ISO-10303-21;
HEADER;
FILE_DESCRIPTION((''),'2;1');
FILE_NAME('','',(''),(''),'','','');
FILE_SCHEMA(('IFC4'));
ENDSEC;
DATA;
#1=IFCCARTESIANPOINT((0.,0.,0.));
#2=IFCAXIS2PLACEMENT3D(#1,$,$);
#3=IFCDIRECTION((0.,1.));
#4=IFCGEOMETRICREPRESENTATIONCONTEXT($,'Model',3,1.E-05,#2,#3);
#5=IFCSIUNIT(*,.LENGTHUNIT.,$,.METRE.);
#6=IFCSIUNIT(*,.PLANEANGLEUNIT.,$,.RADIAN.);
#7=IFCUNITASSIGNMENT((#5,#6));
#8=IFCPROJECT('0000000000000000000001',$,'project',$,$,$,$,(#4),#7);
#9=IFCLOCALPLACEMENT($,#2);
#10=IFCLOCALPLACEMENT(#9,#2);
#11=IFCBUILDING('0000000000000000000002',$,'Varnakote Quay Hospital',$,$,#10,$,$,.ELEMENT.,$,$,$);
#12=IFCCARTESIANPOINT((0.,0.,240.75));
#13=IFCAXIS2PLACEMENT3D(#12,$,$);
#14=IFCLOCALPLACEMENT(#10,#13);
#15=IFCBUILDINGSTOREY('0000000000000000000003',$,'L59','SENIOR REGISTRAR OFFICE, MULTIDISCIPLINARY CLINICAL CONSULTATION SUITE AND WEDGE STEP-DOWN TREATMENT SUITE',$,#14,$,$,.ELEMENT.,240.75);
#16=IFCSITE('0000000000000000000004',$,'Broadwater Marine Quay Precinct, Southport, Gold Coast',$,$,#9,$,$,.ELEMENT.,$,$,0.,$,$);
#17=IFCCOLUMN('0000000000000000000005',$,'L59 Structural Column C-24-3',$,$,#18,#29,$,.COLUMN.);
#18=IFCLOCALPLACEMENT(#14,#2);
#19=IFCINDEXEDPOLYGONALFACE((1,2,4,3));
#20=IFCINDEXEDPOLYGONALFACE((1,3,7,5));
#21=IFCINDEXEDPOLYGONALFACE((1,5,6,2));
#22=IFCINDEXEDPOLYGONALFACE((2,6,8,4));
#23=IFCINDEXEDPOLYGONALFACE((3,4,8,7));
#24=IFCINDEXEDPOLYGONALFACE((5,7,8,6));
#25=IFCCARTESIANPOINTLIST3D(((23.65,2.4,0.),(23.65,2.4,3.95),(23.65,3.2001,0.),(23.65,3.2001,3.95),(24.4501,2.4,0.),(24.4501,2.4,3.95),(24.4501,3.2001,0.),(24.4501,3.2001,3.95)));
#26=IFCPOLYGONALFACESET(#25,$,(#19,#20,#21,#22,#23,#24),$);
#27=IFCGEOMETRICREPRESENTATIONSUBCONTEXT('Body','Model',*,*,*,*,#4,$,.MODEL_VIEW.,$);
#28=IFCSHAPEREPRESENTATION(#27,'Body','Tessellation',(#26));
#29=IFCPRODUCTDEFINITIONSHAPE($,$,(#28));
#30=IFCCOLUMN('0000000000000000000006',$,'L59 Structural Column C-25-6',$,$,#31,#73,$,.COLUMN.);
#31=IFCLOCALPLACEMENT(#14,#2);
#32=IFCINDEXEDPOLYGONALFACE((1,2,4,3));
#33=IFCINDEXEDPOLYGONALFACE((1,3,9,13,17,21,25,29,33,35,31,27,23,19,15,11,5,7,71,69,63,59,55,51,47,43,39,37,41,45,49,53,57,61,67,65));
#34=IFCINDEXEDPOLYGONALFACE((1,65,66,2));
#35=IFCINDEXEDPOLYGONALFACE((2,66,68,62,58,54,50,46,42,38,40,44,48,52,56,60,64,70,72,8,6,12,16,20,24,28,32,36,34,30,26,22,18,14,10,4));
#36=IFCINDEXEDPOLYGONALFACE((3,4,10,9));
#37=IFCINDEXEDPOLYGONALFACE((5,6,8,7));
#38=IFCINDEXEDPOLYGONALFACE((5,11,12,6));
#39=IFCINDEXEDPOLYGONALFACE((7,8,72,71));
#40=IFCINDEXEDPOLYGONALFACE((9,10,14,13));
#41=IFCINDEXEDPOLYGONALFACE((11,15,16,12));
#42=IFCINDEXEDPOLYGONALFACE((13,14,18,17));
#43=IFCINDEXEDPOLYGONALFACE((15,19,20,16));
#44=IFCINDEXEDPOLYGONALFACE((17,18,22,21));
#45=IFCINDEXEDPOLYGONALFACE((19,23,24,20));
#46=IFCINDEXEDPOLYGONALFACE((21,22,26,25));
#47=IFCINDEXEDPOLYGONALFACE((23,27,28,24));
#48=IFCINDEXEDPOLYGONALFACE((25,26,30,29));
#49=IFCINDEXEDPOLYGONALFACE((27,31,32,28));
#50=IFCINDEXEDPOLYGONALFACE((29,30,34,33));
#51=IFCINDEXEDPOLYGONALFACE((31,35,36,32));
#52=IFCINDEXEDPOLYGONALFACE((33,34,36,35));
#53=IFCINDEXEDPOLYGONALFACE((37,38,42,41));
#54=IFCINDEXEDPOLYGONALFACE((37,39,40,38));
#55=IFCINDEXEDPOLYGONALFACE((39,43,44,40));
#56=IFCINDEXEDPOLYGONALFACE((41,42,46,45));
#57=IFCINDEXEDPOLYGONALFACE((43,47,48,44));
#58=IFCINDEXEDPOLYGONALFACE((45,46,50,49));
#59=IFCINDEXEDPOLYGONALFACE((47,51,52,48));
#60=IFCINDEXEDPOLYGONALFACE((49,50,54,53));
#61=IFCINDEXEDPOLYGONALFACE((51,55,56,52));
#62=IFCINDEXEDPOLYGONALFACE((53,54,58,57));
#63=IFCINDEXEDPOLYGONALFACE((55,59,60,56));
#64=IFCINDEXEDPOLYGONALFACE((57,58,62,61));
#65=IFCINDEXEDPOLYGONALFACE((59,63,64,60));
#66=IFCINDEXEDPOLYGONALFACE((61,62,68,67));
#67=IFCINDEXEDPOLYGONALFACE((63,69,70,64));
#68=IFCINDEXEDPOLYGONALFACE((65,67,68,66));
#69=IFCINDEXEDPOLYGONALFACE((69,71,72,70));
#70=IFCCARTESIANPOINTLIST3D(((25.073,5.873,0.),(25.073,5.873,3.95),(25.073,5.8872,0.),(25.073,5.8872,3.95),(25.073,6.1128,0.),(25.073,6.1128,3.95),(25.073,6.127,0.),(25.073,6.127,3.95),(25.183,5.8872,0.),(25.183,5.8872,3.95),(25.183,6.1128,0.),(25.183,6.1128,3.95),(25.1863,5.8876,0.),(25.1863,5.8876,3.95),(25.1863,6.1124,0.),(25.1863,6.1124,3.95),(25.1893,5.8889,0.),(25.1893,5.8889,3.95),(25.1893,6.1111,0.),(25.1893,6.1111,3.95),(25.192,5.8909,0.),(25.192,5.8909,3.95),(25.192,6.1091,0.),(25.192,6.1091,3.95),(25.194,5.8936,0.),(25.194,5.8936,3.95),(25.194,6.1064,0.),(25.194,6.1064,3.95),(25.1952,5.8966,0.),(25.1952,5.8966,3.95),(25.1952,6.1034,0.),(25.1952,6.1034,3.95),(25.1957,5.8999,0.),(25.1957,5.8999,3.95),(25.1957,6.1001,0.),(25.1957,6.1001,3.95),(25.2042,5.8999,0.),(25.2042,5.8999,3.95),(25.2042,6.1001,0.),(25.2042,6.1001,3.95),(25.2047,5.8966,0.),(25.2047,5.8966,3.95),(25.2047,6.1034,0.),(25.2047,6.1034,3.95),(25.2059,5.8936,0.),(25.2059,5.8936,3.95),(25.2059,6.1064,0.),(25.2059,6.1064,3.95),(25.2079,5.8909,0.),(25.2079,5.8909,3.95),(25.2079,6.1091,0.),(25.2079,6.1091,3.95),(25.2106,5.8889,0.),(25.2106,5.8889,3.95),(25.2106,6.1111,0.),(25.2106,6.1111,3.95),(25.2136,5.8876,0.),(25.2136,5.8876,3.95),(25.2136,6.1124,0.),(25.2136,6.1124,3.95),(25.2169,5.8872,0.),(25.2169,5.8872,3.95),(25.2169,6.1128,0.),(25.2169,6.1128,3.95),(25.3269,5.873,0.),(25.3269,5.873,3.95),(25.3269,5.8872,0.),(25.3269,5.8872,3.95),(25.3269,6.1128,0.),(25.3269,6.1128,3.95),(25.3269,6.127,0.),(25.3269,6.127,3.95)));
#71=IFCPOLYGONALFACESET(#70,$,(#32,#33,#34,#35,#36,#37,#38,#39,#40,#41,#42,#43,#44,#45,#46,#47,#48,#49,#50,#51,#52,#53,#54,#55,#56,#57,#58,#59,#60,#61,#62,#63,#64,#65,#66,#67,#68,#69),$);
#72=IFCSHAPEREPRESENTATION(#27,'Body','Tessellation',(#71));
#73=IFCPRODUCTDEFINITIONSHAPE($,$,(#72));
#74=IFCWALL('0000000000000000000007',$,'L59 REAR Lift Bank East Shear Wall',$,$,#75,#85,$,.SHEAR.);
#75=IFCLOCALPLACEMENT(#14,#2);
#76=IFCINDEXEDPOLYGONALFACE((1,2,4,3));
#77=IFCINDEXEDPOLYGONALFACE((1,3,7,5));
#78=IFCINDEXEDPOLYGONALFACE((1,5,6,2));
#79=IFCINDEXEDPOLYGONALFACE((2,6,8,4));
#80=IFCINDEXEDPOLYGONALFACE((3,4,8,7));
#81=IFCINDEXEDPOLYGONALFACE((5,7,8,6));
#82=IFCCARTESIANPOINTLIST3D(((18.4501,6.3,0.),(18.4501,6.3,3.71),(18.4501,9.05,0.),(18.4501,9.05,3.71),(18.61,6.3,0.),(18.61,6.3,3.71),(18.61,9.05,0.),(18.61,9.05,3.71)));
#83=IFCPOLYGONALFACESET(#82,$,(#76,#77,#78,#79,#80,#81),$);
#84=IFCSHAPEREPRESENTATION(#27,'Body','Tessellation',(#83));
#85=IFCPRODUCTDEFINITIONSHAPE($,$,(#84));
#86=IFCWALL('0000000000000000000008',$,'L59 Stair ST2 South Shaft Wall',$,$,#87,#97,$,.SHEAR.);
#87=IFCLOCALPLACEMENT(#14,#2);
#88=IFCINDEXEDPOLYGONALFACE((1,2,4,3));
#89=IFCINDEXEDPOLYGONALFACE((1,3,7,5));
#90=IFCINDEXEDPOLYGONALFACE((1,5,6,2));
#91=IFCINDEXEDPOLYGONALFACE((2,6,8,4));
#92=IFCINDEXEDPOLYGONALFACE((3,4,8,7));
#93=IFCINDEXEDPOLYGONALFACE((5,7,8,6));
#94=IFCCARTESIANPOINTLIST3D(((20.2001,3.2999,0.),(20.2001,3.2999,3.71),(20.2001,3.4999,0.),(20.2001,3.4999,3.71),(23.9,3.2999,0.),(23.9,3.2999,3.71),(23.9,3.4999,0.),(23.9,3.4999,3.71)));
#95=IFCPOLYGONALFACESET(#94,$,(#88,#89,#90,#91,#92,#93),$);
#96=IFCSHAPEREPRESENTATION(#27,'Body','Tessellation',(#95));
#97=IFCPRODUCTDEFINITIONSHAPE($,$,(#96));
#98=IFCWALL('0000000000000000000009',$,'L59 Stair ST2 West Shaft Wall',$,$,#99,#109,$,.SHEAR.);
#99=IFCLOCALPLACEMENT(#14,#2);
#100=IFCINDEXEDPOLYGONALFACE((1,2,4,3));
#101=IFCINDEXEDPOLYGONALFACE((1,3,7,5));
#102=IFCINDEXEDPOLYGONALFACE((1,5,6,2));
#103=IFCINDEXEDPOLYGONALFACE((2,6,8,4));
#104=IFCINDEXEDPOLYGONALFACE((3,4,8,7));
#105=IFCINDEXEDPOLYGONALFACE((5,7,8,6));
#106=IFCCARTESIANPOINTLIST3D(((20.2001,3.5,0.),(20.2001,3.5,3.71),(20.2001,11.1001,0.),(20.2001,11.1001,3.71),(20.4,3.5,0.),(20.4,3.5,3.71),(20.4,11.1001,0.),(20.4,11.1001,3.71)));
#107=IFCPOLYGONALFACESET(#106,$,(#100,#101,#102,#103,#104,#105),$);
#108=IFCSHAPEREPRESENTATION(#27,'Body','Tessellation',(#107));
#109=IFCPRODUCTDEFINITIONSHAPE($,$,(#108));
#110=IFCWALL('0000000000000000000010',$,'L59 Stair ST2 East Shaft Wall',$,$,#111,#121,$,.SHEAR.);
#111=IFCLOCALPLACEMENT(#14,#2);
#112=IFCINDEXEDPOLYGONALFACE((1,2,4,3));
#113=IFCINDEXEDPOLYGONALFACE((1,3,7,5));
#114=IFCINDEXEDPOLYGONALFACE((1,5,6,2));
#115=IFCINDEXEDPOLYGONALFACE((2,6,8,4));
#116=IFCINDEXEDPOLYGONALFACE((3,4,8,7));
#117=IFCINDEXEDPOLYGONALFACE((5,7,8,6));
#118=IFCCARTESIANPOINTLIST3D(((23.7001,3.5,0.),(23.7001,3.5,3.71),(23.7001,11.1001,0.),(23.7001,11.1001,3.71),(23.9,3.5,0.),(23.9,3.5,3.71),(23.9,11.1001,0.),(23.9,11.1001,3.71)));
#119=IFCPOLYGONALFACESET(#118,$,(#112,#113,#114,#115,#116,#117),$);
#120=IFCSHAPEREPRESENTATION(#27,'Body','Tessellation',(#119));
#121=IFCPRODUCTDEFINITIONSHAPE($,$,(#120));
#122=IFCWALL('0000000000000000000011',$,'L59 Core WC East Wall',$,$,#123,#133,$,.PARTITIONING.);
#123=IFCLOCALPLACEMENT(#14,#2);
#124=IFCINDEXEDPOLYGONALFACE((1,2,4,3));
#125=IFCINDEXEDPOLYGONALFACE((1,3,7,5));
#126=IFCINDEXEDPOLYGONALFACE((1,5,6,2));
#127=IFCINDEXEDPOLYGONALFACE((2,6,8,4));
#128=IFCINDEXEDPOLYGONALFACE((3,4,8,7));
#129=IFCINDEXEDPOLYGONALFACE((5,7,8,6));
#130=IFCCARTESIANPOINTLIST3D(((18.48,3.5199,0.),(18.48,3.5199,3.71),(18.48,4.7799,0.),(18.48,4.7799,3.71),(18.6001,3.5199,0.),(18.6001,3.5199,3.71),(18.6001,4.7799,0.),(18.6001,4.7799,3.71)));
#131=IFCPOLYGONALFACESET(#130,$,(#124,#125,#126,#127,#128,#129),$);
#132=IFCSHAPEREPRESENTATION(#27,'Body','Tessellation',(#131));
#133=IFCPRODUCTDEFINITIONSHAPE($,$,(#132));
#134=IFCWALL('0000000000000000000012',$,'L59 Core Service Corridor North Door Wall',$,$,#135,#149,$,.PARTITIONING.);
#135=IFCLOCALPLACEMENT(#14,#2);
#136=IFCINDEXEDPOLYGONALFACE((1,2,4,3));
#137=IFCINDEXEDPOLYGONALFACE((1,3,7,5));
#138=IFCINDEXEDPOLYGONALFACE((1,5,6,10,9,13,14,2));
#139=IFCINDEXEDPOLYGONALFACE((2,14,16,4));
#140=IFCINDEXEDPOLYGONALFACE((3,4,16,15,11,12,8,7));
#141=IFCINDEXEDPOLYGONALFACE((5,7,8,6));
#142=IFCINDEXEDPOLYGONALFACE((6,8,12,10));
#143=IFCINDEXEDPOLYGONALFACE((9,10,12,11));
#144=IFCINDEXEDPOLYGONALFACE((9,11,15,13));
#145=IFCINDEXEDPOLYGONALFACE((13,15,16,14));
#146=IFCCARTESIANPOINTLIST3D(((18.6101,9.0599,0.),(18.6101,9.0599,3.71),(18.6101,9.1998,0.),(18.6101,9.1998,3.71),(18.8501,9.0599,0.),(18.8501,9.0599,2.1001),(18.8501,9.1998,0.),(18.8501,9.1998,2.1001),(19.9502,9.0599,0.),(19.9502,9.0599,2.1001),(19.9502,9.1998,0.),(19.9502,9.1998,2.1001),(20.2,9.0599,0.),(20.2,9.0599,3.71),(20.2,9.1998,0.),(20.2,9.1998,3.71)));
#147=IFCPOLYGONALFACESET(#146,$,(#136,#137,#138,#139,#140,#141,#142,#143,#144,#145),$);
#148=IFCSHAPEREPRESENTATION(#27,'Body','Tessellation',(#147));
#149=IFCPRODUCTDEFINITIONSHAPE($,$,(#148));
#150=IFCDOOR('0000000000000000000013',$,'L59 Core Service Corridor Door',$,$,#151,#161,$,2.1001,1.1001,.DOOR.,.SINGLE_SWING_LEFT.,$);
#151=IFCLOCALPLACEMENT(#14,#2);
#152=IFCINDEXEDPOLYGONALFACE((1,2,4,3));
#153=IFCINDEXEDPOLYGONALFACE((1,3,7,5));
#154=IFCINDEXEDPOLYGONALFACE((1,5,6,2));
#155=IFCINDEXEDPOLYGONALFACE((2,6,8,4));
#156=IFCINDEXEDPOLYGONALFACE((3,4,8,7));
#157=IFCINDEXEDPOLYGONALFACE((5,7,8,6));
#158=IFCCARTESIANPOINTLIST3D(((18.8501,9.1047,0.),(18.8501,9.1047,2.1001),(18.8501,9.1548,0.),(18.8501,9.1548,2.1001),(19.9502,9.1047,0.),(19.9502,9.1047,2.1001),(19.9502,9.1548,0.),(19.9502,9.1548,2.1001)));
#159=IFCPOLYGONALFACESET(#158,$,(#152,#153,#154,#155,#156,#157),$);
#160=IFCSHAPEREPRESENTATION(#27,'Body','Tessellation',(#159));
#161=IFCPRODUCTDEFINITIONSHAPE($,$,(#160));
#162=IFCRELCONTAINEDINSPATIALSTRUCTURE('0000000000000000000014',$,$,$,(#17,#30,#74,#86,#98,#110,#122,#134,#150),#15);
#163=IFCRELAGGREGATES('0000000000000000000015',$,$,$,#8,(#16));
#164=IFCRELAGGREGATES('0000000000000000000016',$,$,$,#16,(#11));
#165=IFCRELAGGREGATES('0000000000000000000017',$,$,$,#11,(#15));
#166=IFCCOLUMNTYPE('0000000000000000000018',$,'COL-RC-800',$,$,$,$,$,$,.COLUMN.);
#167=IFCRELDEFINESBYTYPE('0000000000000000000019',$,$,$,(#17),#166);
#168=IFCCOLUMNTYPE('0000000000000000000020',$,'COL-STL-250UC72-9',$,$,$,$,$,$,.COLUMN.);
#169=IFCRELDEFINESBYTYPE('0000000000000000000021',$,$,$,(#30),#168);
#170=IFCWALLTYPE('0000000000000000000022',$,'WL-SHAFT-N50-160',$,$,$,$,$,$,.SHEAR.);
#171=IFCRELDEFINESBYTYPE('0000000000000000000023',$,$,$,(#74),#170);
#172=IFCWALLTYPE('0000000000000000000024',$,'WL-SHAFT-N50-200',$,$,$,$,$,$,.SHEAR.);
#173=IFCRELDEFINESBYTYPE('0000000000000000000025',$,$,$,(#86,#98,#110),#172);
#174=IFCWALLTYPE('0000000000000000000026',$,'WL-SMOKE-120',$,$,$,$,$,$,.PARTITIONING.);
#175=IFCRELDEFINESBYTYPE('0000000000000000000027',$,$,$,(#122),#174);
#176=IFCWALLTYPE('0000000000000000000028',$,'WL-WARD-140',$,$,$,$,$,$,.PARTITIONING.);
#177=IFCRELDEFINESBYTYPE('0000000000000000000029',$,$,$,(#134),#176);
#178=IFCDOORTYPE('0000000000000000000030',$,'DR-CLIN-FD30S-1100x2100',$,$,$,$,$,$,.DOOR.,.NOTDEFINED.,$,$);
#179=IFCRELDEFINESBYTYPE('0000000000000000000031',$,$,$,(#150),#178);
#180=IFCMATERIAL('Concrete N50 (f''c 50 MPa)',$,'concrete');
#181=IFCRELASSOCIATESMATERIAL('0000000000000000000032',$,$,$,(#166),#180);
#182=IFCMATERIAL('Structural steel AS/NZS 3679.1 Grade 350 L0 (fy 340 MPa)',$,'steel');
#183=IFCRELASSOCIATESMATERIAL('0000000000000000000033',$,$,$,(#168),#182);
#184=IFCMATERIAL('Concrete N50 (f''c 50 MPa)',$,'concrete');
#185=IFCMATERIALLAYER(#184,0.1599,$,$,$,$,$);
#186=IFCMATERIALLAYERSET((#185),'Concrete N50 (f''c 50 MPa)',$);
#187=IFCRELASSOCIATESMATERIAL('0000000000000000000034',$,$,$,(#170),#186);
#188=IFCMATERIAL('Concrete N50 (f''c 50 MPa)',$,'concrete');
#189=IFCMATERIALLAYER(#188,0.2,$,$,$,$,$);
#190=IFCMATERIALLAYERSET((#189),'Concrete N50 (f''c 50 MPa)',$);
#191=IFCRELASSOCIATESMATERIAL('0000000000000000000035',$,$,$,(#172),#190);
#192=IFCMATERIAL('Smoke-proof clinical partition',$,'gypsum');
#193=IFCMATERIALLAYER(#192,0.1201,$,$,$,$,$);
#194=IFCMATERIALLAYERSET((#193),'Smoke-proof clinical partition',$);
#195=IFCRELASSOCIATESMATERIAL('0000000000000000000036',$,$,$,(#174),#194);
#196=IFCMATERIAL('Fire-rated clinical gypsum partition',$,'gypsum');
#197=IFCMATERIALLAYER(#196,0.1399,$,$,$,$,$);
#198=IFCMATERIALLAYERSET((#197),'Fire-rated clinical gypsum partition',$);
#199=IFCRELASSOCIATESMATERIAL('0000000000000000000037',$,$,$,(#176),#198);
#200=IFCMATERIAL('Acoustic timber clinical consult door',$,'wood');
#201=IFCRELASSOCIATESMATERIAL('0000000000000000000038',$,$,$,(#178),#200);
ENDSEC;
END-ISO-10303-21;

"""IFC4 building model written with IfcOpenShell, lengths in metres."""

from ifc_helpers import new_model, si_unit, direction, frame, frame_2d, origin, origin_2d, place, context, subcontext, project, spatial, rectangle, i_section, extrude, material, layer, layer_set, material_profile, profile_set, type_object, element, fill, save


model = new_model("IFC4")

# Units and contexts
model_context = context("Model", 3, precision=1e-05, world=origin(), true_north=direction((0.0, 1.0)))
body_context = subcontext(model_context, "Body", "Model", "MODEL_VIEW")
ifc_project = project(units=[si_unit("LENGTHUNIT", "METRE"), si_unit("PLANEANGLEUNIT", "RADIAN")], contexts=[model_context])

# Site, building, storey
site_placement = place(None, origin())
site = spatial("IfcSite", under=ifc_project, at=site_placement, Name="Broadwater Marine Quay Precinct, Southport, Gold Coast", CompositionType="ELEMENT", RefElevation=0.0)
building_placement = place(site_placement, origin())
building = spatial("IfcBuilding", under=site, at=building_placement, Name="Varnakote Quay Hospital", CompositionType="ELEMENT")
storey_placement = place(building_placement, frame((0.0, 0.0, 240.75)))
storey = spatial("IfcBuildingStorey", under=building, at=storey_placement, Name="L59", Description="SENIOR REGISTRAR OFFICE, MULTIDISCIPLINARY CLINICAL CONSULTATION SUITE AND WEDGE STEP-DOWN TREATMENT SUITE", CompositionType="ELEMENT", Elevation=240.75)

# Columns
ifc_material_1 = material(Name="Concrete N50 (f'c 50 MPa)", Category="concrete")
ifc_material_profile_1 = material_profile(ifc_material_1, rectangle(XDim=0.8, YDim=0.8, at=origin_2d()), Name="RC-COL-800x800")
ifc_profile_set_1 = profile_set([ifc_material_profile_1], Name="Concrete N50 (f'c 50 MPa)")
column_type_1 = type_object("IfcColumnType", Name="COL-RC-800", PredefinedType="COLUMN", material=ifc_profile_set_1)
column_1_placement = place(storey_placement, frame((24.05, 2.8, 0.0), z_axis=(0.0, 0.0, 1.0), x_axis=(1.0, 0.0, 0.0)))
element("IfcColumn", 1, at=column_1_placement, inside=storey, type_object=column_type_1, Name="L59 Structural Column C-24-3", PredefinedType="COLUMN", context=body_context, shape_type="SweptSolid", body=[
    extrude(rectangle(XDim=0.8, YDim=0.8, at=origin_2d()), origin(), (0.0, 0.0, 1.0), 3.95),
])
ifc_material_2 = material(Name="Structural steel AS/NZS 3679.1 Grade 350 L0 (fy 340 MPa)", Category="steel")
ifc_material_profile_2 = material_profile(ifc_material_2, i_section(OverallWidth=0.2539, OverallDepth=0.2539, WebThickness=0.0085, FlangeThickness=0.0142, FilletRadius=0.0127, at=origin_2d()), Name="250UC72.9")
ifc_profile_set_2 = profile_set([ifc_material_profile_2], Name="Structural steel AS/NZS 3679.1 Grade 350 L0 (fy 340 MPa)")
column_type_2 = type_object("IfcColumnType", Name="COL-STL-250UC72-9", PredefinedType="COLUMN", material=ifc_profile_set_2)
column_2_placement = place(storey_placement, frame((25.2, 6.0, 0.0), z_axis=(0.0, 0.0, 1.0), x_axis=(1.0, 0.0, 0.0)))
element("IfcColumn", 2, at=column_2_placement, inside=storey, type_object=column_type_2, Name="L59 Structural Column C-25-6", PredefinedType="COLUMN", context=body_context, shape_type="SweptSolid", body=[
    extrude(i_section(OverallWidth=0.2539, OverallDepth=0.2539, WebThickness=0.0085, FlangeThickness=0.0142, FilletRadius=0.0127, at=origin_2d()), origin(), (0.0, 0.0, 1.0), 3.95),
])

# Walls
ifc_material_3 = material(Name="Concrete N50 (f'c 50 MPa)", Category="concrete")
ifc_layer_1 = layer(ifc_material_3, 0.1599)
ifc_layer_set_1 = layer_set([ifc_layer_1], Name="Concrete N50 (f'c 50 MPa)")
wall_type_1 = type_object("IfcWallType", Name="WL-SHAFT-N50-160", PredefinedType="SHEAR", material=ifc_layer_set_1)
wall_1_placement = place(storey_placement, frame((18.53, 6.3, 0.0), z_axis=(0.0, 0.0, 1.0), x_axis=(0.0, 1.0, 0.0)))
element("IfcWall", 3, at=wall_1_placement, inside=storey, type_object=wall_type_1, Name="L59 REAR Lift Bank East Shear Wall", PredefinedType="SHEAR", context=body_context, shape_type="SweptSolid", body=[
    extrude(rectangle(XDim=2.75, YDim=0.1599, at=frame_2d((1.375, 0.0))), origin(), (0.0, 0.0, 1.0), 3.71),
])
ifc_material_4 = material(Name="Concrete N50 (f'c 50 MPa)", Category="concrete")
ifc_layer_2 = layer(ifc_material_4, 0.2)
ifc_layer_set_2 = layer_set([ifc_layer_2], Name="Concrete N50 (f'c 50 MPa)")
wall_type_2 = type_object("IfcWallType", Name="WL-SHAFT-N50-200", PredefinedType="SHEAR", material=ifc_layer_set_2)
wall_2_placement = place(storey_placement, frame((20.2, 3.3999, 0.0), z_axis=(0.0, 0.0, 1.0), x_axis=(1.0, 0.0, 0.0)))
element("IfcWall", 4, at=wall_2_placement, inside=storey, type_object=wall_type_2, Name="L59 Stair ST2 South Shaft Wall", PredefinedType="SHEAR", context=body_context, shape_type="SweptSolid", body=[
    extrude(rectangle(XDim=3.7, YDim=0.2, at=frame_2d((1.8501, 0.0))), origin(), (0.0, 0.0, 1.0), 3.71),
])
for number, where, z_axis, x_axis, name in (
    (5, (20.3, 3.5, 0.0), (0.0, 0.0, 1.0), (0.0, 1.0, 0.0), "L59 Stair ST2 West Shaft Wall"),
    (6, (23.8, 3.5, 0.0), (0.0, 0.0, 1.0), (0.0, 1.0, 0.0), "L59 Stair ST2 East Shaft Wall"),
):
    element("IfcWall", number, at=place(storey_placement, frame(where, z_axis=z_axis, x_axis=x_axis)), inside=storey, type_object=wall_type_2, Name=name, PredefinedType="SHEAR", context=body_context, shape_type="SweptSolid", body=[
        extrude(rectangle(XDim=7.6001, YDim=0.2, at=frame_2d((3.8, 0.0))), origin(), (0.0, 0.0, 1.0), 3.71),
    ])

# Wall
ifc_material_5 = material(Name="Smoke-proof clinical partition", Category="gypsum")
ifc_layer_3 = layer(ifc_material_5, 0.1201)
ifc_layer_set_3 = layer_set([ifc_layer_3], Name="Smoke-proof clinical partition")
wall_type_3 = type_object("IfcWallType", Name="WL-SMOKE-120", PredefinedType="PARTITIONING", material=ifc_layer_set_3)
wall_3_placement = place(storey_placement, frame((18.54, 3.52, 0.0), z_axis=(0.0, 0.0, 1.0), x_axis=(0.0, 1.0, 0.0)))
element("IfcWall", 7, at=wall_3_placement, inside=storey, type_object=wall_type_3, Name="L59 Core WC East Wall", PredefinedType="PARTITIONING", context=body_context, shape_type="SweptSolid", body=[
    extrude(rectangle(XDim=1.26, YDim=0.1201, at=frame_2d((0.6299, 0.0))), origin(), (0.0, 0.0, 1.0), 3.71),
])

# Wall, opening, door
ifc_material_6 = material(Name="Fire-rated clinical gypsum partition", Category="gypsum")
ifc_layer_4 = layer(ifc_material_6, 0.1399)
ifc_layer_set_4 = layer_set([ifc_layer_4], Name="Fire-rated clinical gypsum partition")
wall_type_4 = type_object("IfcWallType", Name="WL-WARD-140", PredefinedType="PARTITIONING", material=ifc_layer_set_4)
wall_4_placement = place(storey_placement, frame((18.6101, 9.1299, 0.0), z_axis=(0.0, 0.0, 1.0), x_axis=(1.0, 0.0, 0.0)))
wall_4 = element("IfcWall", 8, at=wall_4_placement, inside=storey, type_object=wall_type_4, Name="L59 Core Service Corridor North Door Wall", PredefinedType="PARTITIONING", context=body_context, shape_type="SweptSolid", body=[
    extrude(rectangle(XDim=1.5898, YDim=0.1399, at=frame_2d((0.7949, 0.0))), origin(), (0.0, 0.0, 1.0), 3.71),
])
opening_1_placement = place(wall_4_placement, frame((0.24, 0.0, 0.0)))
opening_1 = element("IfcOpeningElement", 9, at=opening_1_placement, cuts=wall_4, PredefinedType="OPENING", context=body_context, shape_type="SweptSolid", body=[
    extrude(rectangle(XDim=1.1001, YDim=2.1001, at=frame_2d((0.55, 1.05))), frame((0.0, 0.0798, 0.0), z_axis=(0.0, -1.0, 0.0), x_axis=(1.0, 0.0, 0.0)), (0.0, 0.0, 1.0), 0.1599),
])
ifc_material_7 = material(Name="Acoustic timber clinical consult door", Category="wood")
door_type_1 = type_object("IfcDoorType", Name="DR-CLIN-FD30S-1100x2100", OperationType="NOTDEFINED", PredefinedType="DOOR", material=ifc_material_7)
door_1_placement = place(opening_1_placement, origin())
door_1 = element("IfcDoor", 10, at=door_1_placement, inside=storey, type_object=door_type_1, Name="L59 Core Service Corridor Door", OperationType="SINGLE_SWING_LEFT", OverallHeight=2.1001, OverallWidth=1.1001, PredefinedType="DOOR", context=body_context, shape_type="SweptSolid", body=[
    extrude(rectangle(XDim=1.1001, YDim=2.1001, at=frame_2d((0.55, 1.05))), frame((0.0, 0.0249, 0.0), z_axis=(0.0, -1.0, 0.0), x_axis=(1.0, 0.0, 0.0)), (0.0, 0.0, 1.0), 0.05),
])
fill(opening_1, door_1)

save(model, "model.ifc")
